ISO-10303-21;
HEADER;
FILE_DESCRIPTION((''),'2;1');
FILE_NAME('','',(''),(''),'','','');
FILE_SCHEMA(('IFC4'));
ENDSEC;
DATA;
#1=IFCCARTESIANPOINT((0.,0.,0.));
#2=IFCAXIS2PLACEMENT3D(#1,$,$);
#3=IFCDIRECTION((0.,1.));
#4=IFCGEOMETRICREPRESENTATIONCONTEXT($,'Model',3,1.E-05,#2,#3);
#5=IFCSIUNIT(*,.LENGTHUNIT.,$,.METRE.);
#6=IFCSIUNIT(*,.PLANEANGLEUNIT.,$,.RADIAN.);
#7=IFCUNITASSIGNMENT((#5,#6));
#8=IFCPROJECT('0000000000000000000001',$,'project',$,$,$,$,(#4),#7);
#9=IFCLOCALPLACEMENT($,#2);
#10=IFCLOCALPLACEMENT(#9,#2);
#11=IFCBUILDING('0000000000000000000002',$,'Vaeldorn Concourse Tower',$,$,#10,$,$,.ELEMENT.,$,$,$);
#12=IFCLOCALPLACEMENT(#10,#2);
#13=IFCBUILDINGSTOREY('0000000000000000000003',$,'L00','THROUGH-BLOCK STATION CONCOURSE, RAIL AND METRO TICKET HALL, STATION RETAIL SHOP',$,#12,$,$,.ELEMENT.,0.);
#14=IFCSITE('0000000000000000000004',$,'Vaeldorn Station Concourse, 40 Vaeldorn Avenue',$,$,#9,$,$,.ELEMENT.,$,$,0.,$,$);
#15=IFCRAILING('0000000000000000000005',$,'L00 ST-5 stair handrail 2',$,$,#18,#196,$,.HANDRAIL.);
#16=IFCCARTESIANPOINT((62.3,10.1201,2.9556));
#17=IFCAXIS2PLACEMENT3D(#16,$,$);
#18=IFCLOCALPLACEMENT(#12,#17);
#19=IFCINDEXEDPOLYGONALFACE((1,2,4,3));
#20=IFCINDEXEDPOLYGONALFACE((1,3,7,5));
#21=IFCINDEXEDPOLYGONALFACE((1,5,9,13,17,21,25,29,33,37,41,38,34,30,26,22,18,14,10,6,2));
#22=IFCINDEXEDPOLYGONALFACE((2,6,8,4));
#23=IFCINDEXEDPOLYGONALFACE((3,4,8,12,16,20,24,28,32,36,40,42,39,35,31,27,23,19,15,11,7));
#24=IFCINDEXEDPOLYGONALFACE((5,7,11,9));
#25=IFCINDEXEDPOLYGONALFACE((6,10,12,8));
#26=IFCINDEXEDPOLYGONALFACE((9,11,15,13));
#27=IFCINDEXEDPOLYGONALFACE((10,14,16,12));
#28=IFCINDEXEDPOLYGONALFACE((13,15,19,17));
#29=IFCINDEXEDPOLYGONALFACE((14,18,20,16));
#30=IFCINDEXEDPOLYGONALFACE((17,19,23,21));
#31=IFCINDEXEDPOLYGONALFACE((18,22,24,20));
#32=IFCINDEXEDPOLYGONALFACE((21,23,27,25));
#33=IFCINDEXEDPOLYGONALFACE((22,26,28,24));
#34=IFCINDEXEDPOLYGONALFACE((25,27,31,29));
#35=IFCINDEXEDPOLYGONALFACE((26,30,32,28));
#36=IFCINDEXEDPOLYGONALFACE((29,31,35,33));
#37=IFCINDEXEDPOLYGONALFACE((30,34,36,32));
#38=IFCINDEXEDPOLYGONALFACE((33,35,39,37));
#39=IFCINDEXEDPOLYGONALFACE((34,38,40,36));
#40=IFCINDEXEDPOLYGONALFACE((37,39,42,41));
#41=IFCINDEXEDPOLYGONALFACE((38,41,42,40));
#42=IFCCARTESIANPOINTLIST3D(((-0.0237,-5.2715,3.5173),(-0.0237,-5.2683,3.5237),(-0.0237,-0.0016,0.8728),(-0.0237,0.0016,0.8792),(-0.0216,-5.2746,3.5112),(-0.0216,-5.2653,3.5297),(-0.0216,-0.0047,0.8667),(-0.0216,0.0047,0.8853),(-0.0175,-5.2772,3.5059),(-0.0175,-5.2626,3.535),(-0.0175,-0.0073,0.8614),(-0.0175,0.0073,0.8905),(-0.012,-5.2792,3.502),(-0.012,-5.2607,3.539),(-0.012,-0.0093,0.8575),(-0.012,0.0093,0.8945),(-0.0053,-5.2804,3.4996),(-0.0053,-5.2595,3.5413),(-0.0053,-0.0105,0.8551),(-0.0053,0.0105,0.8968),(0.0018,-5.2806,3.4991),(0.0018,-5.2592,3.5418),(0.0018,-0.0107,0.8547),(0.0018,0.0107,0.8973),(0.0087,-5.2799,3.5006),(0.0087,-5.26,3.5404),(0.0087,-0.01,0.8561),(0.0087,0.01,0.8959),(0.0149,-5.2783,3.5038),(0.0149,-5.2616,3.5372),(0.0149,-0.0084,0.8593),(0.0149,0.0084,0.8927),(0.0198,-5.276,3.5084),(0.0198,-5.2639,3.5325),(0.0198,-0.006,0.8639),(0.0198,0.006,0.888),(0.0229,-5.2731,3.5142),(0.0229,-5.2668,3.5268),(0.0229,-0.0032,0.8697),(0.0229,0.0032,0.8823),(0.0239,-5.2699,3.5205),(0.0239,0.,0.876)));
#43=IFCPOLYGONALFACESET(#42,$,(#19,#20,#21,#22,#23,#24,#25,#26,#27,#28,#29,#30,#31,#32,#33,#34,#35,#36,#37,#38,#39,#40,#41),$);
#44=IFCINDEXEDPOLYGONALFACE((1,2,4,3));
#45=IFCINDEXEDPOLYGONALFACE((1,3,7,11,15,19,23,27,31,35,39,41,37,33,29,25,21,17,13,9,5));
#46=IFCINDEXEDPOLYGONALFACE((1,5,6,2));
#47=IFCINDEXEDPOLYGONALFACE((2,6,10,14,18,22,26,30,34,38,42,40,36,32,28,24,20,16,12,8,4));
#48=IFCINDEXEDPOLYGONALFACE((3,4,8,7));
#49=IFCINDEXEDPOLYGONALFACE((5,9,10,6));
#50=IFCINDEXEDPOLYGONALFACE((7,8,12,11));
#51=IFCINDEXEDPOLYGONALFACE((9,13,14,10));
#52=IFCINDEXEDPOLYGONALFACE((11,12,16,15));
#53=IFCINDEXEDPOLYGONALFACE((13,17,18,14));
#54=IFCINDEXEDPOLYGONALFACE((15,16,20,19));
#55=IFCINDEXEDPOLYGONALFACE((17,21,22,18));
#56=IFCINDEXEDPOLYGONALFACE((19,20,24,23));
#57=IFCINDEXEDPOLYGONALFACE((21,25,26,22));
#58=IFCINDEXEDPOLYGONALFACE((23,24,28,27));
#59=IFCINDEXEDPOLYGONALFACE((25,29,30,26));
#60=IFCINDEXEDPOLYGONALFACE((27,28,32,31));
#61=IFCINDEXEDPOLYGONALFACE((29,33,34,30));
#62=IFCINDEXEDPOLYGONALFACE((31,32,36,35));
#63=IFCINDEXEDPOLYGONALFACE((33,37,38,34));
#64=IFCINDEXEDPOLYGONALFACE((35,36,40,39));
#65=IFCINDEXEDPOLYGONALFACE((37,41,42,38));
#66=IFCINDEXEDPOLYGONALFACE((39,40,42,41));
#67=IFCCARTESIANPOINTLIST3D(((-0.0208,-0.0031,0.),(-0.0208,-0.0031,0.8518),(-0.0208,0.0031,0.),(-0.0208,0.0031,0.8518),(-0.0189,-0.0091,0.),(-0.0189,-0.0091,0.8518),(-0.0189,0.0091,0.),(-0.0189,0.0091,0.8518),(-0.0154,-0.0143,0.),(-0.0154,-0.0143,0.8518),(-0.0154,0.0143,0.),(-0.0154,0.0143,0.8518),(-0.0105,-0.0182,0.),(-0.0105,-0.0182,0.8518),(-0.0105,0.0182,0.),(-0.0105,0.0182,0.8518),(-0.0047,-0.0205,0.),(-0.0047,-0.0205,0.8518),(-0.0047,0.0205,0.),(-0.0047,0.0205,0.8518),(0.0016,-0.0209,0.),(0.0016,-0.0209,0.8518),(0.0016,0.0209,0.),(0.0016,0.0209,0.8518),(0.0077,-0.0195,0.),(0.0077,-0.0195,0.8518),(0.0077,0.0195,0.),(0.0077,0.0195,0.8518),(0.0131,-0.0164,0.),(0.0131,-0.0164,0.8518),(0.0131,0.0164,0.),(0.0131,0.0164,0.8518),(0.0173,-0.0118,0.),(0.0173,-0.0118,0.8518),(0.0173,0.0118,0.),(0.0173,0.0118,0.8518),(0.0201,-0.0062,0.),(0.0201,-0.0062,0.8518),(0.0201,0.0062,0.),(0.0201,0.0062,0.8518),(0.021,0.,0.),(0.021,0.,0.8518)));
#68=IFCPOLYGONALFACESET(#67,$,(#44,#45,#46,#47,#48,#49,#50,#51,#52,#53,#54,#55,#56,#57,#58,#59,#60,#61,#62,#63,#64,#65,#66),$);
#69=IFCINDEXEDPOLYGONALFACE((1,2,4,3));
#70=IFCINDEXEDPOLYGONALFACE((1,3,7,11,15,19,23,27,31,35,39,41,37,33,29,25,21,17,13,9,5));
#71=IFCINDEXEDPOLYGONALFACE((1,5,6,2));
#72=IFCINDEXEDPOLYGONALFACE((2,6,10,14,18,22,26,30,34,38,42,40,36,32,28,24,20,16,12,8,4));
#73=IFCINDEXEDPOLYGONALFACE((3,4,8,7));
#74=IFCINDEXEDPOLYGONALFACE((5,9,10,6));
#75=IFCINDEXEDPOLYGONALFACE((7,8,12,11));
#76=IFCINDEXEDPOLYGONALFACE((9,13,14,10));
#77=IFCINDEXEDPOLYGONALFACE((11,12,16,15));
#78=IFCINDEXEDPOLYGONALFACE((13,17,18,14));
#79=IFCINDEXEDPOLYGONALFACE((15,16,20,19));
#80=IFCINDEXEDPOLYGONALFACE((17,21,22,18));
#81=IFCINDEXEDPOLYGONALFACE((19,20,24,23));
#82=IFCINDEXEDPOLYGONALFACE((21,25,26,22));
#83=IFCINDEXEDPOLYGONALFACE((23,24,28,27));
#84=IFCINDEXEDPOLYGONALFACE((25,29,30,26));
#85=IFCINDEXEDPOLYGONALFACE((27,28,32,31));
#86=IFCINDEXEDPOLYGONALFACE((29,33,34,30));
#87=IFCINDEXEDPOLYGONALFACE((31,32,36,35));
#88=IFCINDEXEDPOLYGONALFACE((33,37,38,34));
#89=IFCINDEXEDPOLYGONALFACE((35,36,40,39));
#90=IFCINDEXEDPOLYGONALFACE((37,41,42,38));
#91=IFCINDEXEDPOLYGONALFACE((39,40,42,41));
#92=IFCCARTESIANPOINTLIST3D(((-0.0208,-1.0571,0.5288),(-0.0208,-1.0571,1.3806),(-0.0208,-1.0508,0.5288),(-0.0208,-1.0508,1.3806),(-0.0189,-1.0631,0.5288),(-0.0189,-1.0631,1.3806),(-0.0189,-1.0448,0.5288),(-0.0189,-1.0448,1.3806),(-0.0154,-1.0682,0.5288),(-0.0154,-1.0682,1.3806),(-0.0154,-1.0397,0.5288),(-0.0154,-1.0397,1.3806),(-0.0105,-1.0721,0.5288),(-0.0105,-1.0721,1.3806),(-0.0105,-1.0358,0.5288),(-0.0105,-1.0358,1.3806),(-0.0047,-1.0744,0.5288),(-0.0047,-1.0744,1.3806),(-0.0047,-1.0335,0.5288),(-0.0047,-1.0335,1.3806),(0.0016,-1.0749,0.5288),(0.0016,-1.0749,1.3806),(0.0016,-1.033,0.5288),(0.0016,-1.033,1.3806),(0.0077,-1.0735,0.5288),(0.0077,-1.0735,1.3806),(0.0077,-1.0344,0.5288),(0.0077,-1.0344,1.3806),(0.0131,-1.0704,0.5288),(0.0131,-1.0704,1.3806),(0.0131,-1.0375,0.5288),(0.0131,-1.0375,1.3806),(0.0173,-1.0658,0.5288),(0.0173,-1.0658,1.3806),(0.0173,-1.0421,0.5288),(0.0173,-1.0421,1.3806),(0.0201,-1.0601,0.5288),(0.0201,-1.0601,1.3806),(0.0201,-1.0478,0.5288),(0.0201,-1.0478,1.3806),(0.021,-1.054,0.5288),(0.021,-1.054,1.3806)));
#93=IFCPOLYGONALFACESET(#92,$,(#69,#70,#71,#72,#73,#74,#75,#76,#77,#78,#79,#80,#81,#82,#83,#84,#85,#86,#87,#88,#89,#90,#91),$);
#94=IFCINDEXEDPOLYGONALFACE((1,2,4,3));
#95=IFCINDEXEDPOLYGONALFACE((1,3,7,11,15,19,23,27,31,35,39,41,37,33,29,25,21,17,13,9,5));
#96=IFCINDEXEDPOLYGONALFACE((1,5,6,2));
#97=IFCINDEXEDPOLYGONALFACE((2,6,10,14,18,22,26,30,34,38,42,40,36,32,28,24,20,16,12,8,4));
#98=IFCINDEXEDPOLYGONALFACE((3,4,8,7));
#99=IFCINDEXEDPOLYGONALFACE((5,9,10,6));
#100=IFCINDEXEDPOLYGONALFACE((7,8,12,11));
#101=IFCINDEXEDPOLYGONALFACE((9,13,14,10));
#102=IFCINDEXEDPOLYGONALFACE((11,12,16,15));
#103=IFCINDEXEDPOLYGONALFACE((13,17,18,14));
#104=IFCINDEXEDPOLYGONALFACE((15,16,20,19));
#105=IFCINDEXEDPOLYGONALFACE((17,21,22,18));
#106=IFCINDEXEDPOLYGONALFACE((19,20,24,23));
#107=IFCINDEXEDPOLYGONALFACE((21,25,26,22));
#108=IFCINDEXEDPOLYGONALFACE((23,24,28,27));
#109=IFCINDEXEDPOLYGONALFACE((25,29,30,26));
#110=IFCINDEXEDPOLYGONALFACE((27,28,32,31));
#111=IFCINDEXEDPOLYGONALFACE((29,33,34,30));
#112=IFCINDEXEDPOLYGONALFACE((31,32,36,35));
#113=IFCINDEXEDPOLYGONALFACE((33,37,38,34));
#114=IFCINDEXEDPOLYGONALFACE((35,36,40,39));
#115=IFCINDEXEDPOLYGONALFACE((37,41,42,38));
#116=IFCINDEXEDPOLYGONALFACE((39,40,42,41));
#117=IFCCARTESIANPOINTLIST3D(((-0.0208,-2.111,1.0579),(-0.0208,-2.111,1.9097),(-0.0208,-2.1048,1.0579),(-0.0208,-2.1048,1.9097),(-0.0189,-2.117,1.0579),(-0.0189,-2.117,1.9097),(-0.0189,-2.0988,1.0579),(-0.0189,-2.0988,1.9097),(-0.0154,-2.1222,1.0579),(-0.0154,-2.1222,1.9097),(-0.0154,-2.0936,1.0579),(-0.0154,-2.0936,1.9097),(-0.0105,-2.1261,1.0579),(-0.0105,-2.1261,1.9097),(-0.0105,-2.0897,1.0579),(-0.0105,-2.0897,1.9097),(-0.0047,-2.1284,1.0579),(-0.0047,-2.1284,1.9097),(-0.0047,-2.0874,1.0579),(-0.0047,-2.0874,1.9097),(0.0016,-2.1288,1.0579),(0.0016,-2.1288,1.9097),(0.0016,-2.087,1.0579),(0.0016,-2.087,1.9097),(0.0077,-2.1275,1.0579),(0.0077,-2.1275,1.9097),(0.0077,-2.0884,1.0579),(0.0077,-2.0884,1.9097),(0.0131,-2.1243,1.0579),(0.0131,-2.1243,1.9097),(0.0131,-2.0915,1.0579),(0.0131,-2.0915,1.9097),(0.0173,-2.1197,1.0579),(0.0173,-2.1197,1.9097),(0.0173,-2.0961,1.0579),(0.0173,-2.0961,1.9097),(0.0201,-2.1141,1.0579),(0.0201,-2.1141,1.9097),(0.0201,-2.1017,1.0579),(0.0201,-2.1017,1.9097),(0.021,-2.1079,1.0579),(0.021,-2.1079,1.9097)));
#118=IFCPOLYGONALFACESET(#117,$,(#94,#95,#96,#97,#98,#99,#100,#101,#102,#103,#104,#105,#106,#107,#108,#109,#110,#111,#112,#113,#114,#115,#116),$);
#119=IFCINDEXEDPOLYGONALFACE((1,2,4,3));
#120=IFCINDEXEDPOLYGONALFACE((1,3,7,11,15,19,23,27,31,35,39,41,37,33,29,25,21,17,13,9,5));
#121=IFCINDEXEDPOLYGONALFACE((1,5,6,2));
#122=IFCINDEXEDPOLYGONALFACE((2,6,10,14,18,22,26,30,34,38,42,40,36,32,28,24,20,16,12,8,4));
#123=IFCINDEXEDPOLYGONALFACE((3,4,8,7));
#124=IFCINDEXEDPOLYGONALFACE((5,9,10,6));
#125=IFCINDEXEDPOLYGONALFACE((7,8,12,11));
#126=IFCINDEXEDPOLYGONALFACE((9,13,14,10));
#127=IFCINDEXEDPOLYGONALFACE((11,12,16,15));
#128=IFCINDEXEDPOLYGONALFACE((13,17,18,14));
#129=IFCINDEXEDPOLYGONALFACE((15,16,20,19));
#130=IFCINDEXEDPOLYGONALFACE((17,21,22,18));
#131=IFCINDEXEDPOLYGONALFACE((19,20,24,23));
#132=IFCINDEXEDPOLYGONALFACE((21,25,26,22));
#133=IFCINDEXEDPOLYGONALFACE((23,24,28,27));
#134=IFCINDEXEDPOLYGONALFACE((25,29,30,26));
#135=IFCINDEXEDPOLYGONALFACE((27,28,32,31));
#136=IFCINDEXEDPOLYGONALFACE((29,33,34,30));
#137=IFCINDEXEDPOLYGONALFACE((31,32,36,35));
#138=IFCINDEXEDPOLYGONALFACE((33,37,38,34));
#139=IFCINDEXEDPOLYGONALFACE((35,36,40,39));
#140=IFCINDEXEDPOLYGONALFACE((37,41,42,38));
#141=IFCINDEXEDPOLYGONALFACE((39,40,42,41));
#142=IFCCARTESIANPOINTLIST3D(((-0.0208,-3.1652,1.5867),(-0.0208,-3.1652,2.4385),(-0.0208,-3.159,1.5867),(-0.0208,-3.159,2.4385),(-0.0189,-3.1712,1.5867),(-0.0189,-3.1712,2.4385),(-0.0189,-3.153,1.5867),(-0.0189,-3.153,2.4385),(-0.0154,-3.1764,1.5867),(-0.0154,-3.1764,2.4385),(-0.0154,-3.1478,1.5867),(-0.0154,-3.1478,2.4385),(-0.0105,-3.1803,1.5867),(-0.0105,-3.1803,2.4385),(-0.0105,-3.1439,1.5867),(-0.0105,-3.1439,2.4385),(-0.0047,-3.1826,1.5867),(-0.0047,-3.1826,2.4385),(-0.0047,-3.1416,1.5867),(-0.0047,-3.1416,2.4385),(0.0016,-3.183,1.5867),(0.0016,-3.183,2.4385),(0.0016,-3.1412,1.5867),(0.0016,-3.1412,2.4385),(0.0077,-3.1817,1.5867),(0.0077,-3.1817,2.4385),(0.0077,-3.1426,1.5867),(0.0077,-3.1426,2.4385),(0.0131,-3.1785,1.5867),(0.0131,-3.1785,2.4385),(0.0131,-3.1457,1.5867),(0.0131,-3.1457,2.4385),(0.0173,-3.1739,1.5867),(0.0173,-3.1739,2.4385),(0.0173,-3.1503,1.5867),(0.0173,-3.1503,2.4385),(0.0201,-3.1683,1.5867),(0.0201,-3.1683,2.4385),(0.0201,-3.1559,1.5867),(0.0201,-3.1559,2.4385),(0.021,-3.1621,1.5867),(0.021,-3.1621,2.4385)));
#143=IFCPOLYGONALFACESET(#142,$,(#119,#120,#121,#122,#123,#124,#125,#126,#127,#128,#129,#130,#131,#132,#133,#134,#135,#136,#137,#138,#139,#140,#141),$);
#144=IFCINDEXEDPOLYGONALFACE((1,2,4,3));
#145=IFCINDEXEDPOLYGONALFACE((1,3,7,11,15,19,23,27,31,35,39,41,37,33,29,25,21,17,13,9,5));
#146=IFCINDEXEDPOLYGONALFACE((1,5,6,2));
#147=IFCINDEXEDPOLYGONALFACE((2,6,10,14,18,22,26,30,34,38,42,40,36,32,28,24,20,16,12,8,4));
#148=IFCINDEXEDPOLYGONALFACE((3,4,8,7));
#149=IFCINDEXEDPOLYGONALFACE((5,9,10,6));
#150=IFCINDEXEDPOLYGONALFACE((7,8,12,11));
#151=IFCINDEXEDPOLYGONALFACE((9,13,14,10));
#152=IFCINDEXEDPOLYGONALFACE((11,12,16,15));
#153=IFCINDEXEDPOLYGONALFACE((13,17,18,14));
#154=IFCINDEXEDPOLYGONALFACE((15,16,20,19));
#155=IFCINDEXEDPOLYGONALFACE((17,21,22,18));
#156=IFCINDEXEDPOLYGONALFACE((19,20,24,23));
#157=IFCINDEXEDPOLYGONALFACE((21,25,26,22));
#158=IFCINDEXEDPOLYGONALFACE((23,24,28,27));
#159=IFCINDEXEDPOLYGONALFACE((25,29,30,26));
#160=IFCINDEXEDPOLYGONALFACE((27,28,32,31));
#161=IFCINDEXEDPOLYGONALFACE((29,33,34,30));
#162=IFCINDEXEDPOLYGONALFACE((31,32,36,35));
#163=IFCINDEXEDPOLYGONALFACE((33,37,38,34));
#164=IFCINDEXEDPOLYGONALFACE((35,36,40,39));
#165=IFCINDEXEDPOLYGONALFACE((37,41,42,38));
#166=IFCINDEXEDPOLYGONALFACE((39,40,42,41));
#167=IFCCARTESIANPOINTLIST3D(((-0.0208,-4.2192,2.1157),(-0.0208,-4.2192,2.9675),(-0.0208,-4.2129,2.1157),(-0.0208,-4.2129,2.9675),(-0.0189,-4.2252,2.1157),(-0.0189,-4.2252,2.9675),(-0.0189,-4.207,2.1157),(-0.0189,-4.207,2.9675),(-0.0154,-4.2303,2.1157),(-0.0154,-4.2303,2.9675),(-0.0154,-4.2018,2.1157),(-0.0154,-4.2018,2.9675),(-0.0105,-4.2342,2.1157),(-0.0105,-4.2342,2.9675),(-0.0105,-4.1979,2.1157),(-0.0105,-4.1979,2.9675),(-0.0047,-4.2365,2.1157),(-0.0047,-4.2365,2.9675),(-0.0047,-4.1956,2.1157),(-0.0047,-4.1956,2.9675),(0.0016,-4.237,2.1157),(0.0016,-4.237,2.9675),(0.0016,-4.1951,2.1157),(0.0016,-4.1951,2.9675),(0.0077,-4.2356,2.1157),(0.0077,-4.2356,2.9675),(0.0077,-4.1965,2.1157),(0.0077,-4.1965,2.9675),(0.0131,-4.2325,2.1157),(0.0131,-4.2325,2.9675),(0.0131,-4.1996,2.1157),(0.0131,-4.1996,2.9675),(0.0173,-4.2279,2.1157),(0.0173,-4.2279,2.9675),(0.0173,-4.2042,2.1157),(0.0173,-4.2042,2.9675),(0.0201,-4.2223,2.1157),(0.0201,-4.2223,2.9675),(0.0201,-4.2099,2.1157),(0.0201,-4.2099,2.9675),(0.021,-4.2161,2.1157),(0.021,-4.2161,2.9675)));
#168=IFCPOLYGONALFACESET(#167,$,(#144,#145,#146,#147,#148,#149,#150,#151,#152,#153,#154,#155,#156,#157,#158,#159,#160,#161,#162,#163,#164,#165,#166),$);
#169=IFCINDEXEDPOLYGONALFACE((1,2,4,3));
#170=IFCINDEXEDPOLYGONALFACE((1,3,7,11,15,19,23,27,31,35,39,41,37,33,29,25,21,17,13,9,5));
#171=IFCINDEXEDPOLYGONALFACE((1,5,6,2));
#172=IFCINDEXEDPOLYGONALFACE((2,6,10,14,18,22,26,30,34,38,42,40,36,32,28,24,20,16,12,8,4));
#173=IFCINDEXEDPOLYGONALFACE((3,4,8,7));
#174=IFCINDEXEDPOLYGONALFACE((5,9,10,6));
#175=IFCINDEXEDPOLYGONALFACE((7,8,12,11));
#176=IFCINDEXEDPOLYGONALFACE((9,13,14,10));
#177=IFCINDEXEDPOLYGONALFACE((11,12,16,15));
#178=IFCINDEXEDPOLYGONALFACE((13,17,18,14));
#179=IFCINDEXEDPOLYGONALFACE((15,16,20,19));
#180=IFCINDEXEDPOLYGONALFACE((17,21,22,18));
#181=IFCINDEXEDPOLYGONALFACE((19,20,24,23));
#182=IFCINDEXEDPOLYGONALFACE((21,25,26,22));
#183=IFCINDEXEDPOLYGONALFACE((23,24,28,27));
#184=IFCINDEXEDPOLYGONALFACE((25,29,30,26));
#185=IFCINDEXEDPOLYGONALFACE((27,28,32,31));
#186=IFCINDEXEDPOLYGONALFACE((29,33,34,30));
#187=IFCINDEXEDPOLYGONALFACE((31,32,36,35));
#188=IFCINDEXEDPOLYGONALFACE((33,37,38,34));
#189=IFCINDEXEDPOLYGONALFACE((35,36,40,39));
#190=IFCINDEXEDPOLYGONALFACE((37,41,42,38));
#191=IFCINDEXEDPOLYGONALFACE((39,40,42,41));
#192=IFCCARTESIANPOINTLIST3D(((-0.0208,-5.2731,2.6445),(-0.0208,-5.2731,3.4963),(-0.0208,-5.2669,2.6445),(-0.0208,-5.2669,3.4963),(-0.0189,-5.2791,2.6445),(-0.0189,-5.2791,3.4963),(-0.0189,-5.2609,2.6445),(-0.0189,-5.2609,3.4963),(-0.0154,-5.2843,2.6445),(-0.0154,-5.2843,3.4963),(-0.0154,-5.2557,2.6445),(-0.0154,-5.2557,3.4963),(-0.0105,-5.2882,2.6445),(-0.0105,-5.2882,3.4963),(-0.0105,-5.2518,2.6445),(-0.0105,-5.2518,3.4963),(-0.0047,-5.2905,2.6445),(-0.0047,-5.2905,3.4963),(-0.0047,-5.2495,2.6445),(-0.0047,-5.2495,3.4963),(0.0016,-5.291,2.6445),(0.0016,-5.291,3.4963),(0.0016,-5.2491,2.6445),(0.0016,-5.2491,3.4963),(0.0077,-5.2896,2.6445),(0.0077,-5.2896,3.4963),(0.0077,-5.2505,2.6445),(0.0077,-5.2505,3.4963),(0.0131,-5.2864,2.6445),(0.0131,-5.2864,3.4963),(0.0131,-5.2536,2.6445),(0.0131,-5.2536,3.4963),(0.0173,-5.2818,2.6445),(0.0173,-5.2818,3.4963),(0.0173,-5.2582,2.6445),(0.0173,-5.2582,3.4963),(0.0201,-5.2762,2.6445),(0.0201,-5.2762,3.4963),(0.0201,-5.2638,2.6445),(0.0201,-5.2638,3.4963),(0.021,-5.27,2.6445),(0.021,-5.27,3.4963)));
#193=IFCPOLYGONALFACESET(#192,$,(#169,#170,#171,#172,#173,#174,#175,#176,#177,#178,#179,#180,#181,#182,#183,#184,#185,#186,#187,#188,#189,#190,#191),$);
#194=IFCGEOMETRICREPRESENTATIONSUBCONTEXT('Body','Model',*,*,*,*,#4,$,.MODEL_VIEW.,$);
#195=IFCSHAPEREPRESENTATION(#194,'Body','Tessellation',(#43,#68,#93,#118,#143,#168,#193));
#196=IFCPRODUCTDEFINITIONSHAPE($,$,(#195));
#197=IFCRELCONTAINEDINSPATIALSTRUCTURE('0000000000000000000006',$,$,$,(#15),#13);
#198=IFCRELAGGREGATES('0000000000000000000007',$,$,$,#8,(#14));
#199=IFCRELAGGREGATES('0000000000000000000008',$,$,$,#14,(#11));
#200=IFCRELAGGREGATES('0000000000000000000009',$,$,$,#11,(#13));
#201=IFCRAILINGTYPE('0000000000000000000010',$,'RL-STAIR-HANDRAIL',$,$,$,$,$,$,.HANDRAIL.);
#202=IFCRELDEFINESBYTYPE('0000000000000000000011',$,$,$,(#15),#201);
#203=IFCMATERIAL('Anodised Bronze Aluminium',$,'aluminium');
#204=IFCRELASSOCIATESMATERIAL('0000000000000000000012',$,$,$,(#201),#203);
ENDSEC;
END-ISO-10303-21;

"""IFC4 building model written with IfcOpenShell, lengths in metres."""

from ifc_helpers import new_model, si_unit, direction, frame, origin, origin_2d, place, context, subcontext, project, spatial, circle, extrude, material, type_object, element, save


model = new_model("IFC4")

# Units and contexts
model_context = context("Model", 3, precision=1e-05, world=origin(), true_north=direction((0.0, 1.0)))
body_context = subcontext(model_context, "Body", "Model", "MODEL_VIEW")
ifc_project = project(units=[si_unit("LENGTHUNIT", "METRE"), si_unit("PLANEANGLEUNIT", "RADIAN")], contexts=[model_context])

# Site, building, storey
site_placement = place(None, origin())
site = spatial("IfcSite", under=ifc_project, at=site_placement, Name="Vaeldorn Station Concourse, 40 Vaeldorn Avenue", CompositionType="ELEMENT", RefElevation=0.0)
building_placement = place(site_placement, origin())
building = spatial("IfcBuilding", under=site, at=building_placement, Name="Vaeldorn Concourse Tower", CompositionType="ELEMENT")
storey_placement = place(building_placement, origin())
storey = spatial("IfcBuildingStorey", under=building, at=storey_placement, Name="L00", Description="THROUGH-BLOCK STATION CONCOURSE, RAIL AND METRO TICKET HALL, STATION RETAIL SHOP", CompositionType="ELEMENT", Elevation=0.0)

# Railing
ifc_material_1 = material(Name="Anodised Bronze Aluminium", Category="aluminium")
railing_type_1 = type_object("IfcRailingType", Name="RL-STAIR-HANDRAIL", PredefinedType="HANDRAIL", material=ifc_material_1)
railing_1_placement = place(storey_placement, frame((62.3, 10.1201, 2.9556)))
element("IfcRailing", 1, at=railing_1_placement, inside=storey, type_object=railing_type_1, Name="L00 ST-5 stair handrail 2", PredefinedType="HANDRAIL", context=body_context, shape_type="SweptSolid", body=[
    extrude(circle(Radius=0.0239, at=origin_2d()), frame((0.0, 0.0, 0.876), z_axis=(0.0, -0.89378, 0.448505), x_axis=(1.0, 0.0, 0.0)), (0.0, 0.0, 1.0), 5.8962),
    extrude(circle(Radius=0.021, at=origin_2d()), origin(), (0.0, 0.0, 1.0), 0.8518),
    extrude(circle(Radius=0.021, at=origin_2d()), frame((0.0, -1.054, 0.5288)), (0.0, 0.0, 1.0), 0.8518),
    extrude(circle(Radius=0.021, at=origin_2d()), frame((0.0, -2.1079, 1.0579)), (0.0, 0.0, 1.0), 0.8518),
    extrude(circle(Radius=0.021, at=origin_2d()), frame((0.0, -3.1621, 1.5867)), (0.0, 0.0, 1.0), 0.8518),
    extrude(circle(Radius=0.021, at=origin_2d()), frame((0.0, -4.2161, 2.1157)), (0.0, 0.0, 1.0), 0.8518),
    extrude(circle(Radius=0.021, at=origin_2d()), frame((0.0, -5.27, 2.6445)), (0.0, 0.0, 1.0), 0.8518),
])

save(model, "model.ifc")
